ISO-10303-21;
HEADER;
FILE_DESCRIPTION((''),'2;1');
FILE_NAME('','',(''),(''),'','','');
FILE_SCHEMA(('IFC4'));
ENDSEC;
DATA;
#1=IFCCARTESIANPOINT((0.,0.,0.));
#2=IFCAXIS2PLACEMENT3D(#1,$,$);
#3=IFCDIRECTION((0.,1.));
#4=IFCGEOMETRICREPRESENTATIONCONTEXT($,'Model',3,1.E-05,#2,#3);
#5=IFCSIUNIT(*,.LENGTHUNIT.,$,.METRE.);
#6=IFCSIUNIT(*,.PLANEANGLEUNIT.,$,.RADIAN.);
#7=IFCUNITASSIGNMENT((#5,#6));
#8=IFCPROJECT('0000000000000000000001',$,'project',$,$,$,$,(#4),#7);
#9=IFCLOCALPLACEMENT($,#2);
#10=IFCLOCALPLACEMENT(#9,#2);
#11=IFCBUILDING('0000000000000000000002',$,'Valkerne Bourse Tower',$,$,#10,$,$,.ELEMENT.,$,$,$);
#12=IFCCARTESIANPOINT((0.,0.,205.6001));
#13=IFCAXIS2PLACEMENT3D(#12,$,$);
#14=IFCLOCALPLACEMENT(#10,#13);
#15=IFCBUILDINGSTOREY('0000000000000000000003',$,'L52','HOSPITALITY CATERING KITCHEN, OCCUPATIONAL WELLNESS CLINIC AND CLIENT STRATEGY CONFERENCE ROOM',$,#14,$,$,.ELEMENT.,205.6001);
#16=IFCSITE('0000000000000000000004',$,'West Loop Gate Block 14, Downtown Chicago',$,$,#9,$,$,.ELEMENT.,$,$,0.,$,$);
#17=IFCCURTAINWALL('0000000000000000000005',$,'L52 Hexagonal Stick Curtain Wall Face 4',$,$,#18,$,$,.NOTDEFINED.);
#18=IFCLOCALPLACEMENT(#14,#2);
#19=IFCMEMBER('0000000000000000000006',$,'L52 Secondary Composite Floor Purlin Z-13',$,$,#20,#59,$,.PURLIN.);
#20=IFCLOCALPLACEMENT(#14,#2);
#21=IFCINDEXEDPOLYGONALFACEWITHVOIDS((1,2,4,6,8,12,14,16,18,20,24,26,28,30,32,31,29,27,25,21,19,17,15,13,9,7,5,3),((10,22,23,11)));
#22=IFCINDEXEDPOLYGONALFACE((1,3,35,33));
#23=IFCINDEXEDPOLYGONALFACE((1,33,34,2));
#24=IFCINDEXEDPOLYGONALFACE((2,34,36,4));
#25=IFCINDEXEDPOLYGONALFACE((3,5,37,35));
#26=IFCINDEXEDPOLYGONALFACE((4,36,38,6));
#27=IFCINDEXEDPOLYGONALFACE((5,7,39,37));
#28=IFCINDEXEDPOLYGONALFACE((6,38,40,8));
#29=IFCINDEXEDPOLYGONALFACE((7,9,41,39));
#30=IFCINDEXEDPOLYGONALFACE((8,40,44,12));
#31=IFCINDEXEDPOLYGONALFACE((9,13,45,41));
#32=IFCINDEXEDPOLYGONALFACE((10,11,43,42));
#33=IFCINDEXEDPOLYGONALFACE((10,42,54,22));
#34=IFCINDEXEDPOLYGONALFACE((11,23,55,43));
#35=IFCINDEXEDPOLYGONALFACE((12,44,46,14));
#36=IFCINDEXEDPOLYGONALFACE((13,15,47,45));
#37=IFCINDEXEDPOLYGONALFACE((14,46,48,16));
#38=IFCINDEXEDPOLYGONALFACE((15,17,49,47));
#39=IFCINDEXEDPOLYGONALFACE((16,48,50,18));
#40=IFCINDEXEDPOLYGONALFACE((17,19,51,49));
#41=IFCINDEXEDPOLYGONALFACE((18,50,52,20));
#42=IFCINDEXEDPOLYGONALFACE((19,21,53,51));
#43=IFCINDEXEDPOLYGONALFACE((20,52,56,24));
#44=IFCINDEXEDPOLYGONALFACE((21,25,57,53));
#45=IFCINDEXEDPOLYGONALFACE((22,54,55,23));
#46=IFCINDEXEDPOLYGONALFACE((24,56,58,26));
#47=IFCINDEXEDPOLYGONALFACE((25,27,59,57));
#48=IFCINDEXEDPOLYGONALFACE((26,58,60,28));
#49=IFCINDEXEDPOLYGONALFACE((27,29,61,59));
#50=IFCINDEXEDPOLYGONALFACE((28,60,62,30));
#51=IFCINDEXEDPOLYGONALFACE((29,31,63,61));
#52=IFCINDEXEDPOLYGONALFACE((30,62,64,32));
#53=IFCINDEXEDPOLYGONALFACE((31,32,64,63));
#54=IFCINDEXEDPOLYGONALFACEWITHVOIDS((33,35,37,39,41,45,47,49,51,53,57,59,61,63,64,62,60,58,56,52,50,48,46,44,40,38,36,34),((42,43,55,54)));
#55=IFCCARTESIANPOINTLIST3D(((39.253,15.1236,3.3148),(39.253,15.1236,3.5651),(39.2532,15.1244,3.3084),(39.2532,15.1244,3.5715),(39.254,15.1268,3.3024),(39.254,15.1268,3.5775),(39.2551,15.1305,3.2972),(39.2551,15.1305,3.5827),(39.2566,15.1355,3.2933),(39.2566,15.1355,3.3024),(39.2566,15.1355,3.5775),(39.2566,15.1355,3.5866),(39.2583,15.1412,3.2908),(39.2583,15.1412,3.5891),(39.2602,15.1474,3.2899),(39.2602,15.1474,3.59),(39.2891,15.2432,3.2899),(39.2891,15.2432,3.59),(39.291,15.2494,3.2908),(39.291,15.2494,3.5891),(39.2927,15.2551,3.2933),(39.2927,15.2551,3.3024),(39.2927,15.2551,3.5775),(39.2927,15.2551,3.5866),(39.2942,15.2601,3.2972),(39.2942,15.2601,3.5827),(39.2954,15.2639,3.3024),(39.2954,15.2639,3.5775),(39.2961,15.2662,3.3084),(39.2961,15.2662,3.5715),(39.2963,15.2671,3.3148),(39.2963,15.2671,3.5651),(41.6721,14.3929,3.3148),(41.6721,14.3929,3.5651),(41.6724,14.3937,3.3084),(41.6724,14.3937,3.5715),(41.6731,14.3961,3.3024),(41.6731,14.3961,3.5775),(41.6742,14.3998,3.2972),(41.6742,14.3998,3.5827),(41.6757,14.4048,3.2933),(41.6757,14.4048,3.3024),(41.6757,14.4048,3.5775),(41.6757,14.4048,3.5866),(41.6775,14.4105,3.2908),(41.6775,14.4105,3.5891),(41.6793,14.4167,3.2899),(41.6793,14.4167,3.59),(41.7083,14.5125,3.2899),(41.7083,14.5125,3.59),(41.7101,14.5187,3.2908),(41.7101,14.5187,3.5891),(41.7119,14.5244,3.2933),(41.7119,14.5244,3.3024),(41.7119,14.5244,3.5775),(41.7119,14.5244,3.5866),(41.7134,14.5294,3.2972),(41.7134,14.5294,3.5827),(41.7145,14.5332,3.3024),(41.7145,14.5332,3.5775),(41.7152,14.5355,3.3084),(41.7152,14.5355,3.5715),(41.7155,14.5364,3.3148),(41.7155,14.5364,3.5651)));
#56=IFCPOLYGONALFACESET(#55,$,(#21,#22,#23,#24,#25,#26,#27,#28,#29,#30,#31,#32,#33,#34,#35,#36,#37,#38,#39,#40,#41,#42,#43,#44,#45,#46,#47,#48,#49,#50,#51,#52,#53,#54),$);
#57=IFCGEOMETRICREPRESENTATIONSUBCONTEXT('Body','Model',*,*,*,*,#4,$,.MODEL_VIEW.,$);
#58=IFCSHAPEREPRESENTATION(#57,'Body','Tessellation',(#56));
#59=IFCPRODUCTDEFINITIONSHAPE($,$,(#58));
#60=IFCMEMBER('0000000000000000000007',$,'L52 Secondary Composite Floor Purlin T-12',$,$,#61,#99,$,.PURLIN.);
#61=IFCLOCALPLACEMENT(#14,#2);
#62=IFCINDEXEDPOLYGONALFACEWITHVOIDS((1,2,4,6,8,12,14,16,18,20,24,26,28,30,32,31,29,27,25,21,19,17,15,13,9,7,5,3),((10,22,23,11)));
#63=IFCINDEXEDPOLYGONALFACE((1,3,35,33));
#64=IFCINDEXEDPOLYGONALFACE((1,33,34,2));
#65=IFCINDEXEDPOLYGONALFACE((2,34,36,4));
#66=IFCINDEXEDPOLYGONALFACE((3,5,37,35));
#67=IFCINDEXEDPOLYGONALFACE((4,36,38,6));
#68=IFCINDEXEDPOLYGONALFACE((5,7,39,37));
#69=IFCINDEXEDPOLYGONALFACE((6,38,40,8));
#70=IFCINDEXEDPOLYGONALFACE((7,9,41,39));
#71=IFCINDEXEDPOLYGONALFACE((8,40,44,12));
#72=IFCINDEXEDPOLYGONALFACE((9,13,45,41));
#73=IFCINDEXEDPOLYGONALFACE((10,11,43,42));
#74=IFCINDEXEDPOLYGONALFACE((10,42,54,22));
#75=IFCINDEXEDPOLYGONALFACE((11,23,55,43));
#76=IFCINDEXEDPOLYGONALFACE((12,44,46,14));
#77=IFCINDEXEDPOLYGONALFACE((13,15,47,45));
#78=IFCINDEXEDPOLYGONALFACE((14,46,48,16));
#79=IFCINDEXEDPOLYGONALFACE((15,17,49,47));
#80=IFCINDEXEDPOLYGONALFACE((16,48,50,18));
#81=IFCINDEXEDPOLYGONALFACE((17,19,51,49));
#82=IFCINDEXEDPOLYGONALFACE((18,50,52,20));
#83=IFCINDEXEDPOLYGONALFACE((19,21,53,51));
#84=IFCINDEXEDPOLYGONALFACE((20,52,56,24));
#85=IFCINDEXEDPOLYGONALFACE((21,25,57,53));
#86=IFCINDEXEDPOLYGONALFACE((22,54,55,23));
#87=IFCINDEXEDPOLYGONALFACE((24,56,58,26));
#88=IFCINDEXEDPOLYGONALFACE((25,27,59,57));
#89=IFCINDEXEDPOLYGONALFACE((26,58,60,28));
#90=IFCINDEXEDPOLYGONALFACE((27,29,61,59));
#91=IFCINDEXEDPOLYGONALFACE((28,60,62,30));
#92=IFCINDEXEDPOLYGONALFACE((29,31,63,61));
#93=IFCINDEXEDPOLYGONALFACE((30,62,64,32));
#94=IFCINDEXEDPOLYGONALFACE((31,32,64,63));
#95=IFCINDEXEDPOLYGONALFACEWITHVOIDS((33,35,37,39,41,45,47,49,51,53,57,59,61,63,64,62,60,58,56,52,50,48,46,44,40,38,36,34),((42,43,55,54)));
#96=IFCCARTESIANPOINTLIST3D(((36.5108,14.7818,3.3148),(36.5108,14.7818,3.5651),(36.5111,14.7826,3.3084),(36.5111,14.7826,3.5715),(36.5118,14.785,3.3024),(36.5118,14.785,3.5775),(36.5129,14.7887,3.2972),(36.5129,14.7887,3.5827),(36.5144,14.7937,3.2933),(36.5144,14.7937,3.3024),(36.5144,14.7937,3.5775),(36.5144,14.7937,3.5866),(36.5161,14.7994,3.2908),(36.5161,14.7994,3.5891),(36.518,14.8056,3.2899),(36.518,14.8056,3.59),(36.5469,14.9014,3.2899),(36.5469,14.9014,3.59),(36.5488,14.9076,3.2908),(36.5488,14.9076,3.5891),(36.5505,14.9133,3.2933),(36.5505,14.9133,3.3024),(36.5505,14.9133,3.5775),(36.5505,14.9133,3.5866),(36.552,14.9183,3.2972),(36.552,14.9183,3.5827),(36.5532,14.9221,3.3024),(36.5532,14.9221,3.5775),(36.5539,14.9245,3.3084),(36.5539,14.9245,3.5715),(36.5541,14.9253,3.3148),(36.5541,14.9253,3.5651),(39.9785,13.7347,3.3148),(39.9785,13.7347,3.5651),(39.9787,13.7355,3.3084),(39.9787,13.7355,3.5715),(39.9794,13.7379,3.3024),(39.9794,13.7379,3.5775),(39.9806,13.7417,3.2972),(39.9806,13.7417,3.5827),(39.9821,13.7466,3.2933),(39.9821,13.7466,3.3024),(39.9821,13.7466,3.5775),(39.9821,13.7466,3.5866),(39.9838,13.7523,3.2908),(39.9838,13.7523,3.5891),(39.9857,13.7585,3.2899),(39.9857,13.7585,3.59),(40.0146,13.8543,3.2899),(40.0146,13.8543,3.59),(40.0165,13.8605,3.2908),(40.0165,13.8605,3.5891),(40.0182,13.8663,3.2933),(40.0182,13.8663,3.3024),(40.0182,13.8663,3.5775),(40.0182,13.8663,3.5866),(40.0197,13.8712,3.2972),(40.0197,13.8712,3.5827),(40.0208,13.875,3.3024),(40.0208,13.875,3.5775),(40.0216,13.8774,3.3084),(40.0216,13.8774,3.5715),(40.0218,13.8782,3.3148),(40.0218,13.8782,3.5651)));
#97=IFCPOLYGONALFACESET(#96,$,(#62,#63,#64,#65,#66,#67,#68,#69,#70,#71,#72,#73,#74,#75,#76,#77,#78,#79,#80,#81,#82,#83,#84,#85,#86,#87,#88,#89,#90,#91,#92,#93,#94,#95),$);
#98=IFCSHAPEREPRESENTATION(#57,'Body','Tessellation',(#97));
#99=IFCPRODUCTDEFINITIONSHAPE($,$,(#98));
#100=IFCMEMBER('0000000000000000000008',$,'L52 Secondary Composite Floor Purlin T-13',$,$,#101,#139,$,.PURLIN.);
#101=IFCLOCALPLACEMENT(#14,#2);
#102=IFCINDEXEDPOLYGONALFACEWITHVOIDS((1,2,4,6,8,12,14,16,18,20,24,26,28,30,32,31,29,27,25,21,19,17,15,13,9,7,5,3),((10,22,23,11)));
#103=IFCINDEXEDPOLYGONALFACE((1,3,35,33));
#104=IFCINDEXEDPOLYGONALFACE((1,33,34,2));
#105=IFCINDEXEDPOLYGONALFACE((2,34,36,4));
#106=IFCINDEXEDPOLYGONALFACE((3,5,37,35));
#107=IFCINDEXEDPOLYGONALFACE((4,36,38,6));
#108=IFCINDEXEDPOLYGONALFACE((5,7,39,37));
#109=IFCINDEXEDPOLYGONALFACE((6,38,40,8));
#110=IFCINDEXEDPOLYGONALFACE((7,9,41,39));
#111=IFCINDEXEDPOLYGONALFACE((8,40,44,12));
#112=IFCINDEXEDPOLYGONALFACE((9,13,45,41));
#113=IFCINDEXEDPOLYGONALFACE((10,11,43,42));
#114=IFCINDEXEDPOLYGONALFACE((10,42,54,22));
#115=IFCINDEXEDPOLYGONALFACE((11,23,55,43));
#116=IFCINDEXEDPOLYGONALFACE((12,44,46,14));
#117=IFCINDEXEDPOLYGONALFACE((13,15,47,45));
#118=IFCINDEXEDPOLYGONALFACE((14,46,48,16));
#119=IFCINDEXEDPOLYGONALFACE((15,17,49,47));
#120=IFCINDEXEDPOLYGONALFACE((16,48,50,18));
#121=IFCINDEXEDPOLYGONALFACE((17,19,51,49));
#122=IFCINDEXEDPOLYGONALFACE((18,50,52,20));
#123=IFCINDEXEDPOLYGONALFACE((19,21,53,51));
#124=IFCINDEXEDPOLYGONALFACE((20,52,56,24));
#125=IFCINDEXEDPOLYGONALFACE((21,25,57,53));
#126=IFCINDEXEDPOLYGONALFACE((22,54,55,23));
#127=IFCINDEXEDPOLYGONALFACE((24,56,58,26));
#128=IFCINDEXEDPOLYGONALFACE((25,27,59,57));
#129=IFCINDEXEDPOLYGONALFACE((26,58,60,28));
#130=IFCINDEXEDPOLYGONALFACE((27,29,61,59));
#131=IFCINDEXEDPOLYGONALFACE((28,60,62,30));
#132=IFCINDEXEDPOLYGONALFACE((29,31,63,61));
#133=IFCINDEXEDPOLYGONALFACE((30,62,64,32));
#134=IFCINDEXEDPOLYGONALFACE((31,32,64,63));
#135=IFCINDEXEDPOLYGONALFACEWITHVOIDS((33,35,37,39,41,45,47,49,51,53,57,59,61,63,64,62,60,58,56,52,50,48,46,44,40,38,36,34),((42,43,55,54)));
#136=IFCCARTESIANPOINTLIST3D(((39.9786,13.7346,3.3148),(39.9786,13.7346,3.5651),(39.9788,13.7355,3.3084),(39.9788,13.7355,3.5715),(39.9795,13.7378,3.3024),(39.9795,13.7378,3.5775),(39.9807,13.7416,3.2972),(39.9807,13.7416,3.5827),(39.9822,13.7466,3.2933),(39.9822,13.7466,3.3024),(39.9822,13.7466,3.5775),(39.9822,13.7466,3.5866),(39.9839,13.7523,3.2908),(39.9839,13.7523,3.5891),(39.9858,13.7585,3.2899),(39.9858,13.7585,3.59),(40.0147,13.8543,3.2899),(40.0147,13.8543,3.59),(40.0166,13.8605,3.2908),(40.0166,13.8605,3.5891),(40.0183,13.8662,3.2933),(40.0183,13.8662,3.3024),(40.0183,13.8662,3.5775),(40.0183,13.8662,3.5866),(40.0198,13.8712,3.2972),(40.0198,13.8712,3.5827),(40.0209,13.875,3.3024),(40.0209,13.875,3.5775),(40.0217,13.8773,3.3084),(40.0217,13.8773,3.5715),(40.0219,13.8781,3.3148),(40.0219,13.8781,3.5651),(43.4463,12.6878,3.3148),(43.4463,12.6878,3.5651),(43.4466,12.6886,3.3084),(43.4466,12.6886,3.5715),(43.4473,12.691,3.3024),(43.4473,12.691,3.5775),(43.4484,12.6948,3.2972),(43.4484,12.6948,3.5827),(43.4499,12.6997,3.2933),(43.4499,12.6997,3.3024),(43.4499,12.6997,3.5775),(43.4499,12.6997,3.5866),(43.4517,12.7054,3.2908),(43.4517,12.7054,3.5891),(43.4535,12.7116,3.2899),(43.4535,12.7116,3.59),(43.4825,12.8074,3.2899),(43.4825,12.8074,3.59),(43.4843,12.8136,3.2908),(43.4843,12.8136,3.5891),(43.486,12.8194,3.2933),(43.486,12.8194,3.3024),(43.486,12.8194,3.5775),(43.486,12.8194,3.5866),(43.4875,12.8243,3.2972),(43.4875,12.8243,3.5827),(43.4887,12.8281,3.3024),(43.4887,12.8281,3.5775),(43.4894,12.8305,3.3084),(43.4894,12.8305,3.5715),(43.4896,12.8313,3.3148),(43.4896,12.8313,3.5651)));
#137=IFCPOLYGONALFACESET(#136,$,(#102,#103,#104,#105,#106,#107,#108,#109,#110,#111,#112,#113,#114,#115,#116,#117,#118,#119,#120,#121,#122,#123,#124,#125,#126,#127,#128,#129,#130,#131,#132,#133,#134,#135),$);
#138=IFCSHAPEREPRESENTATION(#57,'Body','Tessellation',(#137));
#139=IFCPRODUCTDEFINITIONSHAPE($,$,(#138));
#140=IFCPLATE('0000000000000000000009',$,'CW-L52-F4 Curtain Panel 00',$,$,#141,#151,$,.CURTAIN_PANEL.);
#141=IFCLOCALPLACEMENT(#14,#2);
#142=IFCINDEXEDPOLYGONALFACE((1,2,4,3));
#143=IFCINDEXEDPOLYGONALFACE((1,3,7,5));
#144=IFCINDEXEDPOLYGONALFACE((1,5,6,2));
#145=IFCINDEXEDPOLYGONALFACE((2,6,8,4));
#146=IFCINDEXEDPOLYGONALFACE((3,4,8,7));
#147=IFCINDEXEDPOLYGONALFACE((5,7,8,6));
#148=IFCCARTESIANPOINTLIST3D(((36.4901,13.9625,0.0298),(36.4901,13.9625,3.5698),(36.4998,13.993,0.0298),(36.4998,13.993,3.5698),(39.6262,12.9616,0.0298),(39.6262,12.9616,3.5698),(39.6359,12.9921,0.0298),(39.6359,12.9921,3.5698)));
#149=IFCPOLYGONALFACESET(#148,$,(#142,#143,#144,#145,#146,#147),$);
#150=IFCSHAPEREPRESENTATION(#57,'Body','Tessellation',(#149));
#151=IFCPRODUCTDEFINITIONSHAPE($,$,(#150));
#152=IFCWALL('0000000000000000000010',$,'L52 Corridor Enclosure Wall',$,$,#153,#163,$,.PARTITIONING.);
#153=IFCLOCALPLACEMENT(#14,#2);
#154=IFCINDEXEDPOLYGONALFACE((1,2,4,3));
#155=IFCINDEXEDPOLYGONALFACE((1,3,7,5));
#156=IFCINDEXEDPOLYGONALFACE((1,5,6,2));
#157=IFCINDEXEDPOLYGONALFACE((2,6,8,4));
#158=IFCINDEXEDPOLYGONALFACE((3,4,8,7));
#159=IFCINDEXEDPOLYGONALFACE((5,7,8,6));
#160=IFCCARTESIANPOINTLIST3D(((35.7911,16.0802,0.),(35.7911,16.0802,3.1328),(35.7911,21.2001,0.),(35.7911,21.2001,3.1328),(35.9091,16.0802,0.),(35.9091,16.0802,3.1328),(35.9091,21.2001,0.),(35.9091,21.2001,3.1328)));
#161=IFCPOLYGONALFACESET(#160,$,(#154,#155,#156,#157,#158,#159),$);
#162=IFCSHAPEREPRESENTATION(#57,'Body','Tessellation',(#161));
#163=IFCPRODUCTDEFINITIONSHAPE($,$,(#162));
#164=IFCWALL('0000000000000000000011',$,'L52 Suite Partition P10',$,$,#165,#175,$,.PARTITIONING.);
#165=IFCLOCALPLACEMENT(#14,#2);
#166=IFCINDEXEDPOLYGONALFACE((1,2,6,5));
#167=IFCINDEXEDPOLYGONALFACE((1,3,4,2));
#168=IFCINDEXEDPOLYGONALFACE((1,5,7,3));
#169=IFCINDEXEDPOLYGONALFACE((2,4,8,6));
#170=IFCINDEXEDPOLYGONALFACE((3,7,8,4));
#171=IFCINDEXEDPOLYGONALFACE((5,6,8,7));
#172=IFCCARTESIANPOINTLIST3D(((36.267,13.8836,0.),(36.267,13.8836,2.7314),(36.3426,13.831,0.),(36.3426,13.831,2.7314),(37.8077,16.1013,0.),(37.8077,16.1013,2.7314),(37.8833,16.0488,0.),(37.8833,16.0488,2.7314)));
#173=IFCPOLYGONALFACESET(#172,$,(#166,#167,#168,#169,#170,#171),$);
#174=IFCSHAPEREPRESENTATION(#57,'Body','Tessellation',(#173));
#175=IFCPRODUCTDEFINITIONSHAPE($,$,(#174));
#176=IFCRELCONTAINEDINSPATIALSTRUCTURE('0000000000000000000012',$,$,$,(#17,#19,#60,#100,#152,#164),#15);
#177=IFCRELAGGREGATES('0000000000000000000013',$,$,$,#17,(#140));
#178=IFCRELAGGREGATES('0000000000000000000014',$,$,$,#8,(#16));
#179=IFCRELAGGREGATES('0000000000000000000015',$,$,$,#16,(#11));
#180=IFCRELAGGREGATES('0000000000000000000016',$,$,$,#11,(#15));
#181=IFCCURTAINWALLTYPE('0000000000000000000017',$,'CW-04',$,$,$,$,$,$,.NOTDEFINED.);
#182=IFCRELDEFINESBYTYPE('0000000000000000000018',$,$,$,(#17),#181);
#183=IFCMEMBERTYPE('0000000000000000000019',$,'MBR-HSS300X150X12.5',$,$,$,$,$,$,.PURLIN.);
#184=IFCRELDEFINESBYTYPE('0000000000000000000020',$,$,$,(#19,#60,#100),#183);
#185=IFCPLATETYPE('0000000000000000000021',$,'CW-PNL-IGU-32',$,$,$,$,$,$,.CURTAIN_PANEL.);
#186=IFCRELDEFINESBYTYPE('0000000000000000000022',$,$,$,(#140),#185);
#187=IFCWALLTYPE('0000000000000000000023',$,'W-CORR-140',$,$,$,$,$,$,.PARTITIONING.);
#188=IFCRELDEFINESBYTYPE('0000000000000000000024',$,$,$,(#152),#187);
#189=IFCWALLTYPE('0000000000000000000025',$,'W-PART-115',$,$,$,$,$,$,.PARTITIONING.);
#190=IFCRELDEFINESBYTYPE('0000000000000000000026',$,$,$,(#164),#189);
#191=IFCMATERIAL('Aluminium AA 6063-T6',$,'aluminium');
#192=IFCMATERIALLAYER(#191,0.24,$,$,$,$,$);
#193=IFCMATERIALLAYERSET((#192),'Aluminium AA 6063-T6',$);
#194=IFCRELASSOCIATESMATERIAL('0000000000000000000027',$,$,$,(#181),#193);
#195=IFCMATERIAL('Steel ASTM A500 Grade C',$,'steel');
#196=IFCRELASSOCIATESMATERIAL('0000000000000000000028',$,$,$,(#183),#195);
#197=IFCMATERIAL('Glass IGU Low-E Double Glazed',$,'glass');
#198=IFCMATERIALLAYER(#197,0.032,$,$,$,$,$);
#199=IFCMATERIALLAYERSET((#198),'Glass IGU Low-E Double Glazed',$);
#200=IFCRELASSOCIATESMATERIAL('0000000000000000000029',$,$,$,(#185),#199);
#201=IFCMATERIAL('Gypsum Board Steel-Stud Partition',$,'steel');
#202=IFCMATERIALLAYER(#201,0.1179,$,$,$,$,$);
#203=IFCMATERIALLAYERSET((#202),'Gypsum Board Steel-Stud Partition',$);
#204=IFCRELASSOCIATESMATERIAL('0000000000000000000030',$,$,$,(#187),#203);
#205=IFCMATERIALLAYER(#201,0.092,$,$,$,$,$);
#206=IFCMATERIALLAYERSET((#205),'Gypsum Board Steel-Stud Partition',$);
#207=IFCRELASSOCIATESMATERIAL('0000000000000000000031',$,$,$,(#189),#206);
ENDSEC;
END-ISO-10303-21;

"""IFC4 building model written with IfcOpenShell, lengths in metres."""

from ifc_helpers import new_model, si_unit, direction, frame, frame_2d, origin, origin_2d, place, context, subcontext, project, spatial, rectangle, hollow_rectangle, extrude, material, layer, layer_set, material_profile, profile_set, type_object, element, aggregate, save


model = new_model("IFC4")

# Units and contexts
model_context = context("Model", 3, precision=1e-05, world=origin(), true_north=direction((0.0, 1.0)))
body_context = subcontext(model_context, "Body", "Model", "MODEL_VIEW")
ifc_project = project(units=[si_unit("LENGTHUNIT", "METRE"), si_unit("PLANEANGLEUNIT", "RADIAN")], contexts=[model_context])

# Site, building, storey
site_placement = place(None, origin())
site = spatial("IfcSite", under=ifc_project, at=site_placement, Name="West Loop Gate Block 14, Downtown Chicago", CompositionType="ELEMENT", RefElevation=0.0)
building_placement = place(site_placement, origin())
building = spatial("IfcBuilding", under=site, at=building_placement, Name="Valkerne Bourse Tower", CompositionType="ELEMENT")
storey_placement = place(building_placement, frame((0.0, 0.0, 205.6001)))
storey = spatial("IfcBuildingStorey", under=building, at=storey_placement, Name="L52", Description="HOSPITALITY CATERING KITCHEN, OCCUPATIONAL WELLNESS CLINIC AND CLIENT STRATEGY CONFERENCE ROOM", CompositionType="ELEMENT", Elevation=205.6001)

# Curtain wall
ifc_material_1 = material(Name="Aluminium AA 6063-T6", Category="aluminium")
ifc_layer_1 = layer(ifc_material_1, 0.24)
ifc_layer_set_1 = layer_set([ifc_layer_1], Name="Aluminium AA 6063-T6")
curtain_wall_type = type_object("IfcCurtainWallType", Name="CW-04", PredefinedType="NOTDEFINED", material=ifc_layer_set_1)
curtain_wall_placement = place(storey_placement, origin())
curtain_wall = element("IfcCurtainWall", 1, at=curtain_wall_placement, inside=storey, type_object=curtain_wall_type, Name="L52 Hexagonal Stick Curtain Wall Face 4", PredefinedType="NOTDEFINED")

# Members
ifc_material_2 = material(Name="Steel ASTM A500 Grade C", Category="steel")
ifc_material_profile_1 = material_profile(ifc_material_2, hollow_rectangle(XDim=0.1499, YDim=0.3, WallThickness=0.0125, OuterFilletRadius=0.0249, at=origin_2d()), Name="HSS300X150X12.5")
ifc_profile_set_1 = profile_set([ifc_material_profile_1], Name="Steel ASTM A500 Grade C")
member_type_1 = type_object("IfcMemberType", Name="MBR-HSS300X150X12.5", PredefinedType="PURLIN", material=ifc_profile_set_1)
member_1_placement = place(storey_placement, frame((39.2747, 15.1953, 3.4399), z_axis=(0.957285, -0.289147, 0.0), x_axis=(0.289147, 0.957285, 0.0)))
element("IfcMember", 2, at=member_1_placement, inside=storey, type_object=member_type_1, Name="L52 Secondary Composite Floor Purlin Z-13", PredefinedType="PURLIN", context=body_context, shape_type="SweptSolid", body=[
    extrude(hollow_rectangle(XDim=0.1499, YDim=0.3, WallThickness=0.0125, OuterFilletRadius=0.0249, at=origin_2d()), origin(), (0.0, 0.0, 1.0), 2.5271),
])
for number, where, z_axis, x_axis, name in (
    (3, (36.5325, 14.8535, 3.4399), (0.957309, -0.289066, 0.0), (0.289066, 0.957309, 0.0), "L52 Secondary Composite Floor Purlin T-12"),
    (4, (40.0002, 13.8064, 3.4399), (0.957328, -0.289005, 0.0), (0.289005, 0.957328, 0.0), "L52 Secondary Composite Floor Purlin T-13"),
):
    element("IfcMember", number, at=place(storey_placement, frame(where, z_axis=z_axis, x_axis=x_axis)), inside=storey, type_object=member_type_1, Name=name, PredefinedType="PURLIN", context=body_context, shape_type="SweptSolid", body=[
        extrude(hollow_rectangle(XDim=0.1499, YDim=0.3, WallThickness=0.0125, OuterFilletRadius=0.0249, at=origin_2d()), origin(), (0.0, 0.0, 1.0), 3.6223),
    ])

# Plate
ifc_material_3 = material(Name="Glass IGU Low-E Double Glazed", Category="glass")
ifc_layer_2 = layer(ifc_material_3, 0.032)
ifc_layer_set_2 = layer_set([ifc_layer_2], Name="Glass IGU Low-E Double Glazed")
plate_type = type_object("IfcPlateType", Name="CW-PNL-IGU-32", PredefinedType="CURTAIN_PANEL", material=ifc_layer_set_2)
plate_placement = place(storey_placement, frame((38.063, 13.4773, 0.0298), z_axis=(0.0, 0.0, 1.0), x_axis=(0.95266, -0.304037, 0.0)))
plate = element("IfcPlate", 5, at=plate_placement, type_object=plate_type, Name="CW-L52-F4 Curtain Panel 00", PredefinedType="CURTAIN_PANEL", context=body_context, shape_type="SweptSolid", body=[
    extrude(rectangle(XDim=3.292, YDim=0.032, at=origin_2d()), origin(), (0.0, 0.0, 1.0), 3.54),
])
aggregate(curtain_wall, [plate])

# Walls
ifc_material_4 = material(Name="Gypsum Board Steel-Stud Partition", Category="steel")
ifc_layer_3 = layer(ifc_material_4, 0.1179)
ifc_layer_set_3 = layer_set([ifc_layer_3], Name="Gypsum Board Steel-Stud Partition")
wall_type_1 = type_object("IfcWallType", Name="W-CORR-140", PredefinedType="PARTITIONING", material=ifc_layer_set_3)
wall_1_placement = place(storey_placement, frame((35.8501, 16.0801, 0.0), z_axis=(0.0, 0.0, 1.0), x_axis=(0.0, 1.0, 0.0)))
element("IfcWall", 6, at=wall_1_placement, inside=storey, type_object=wall_type_1, Name="L52 Corridor Enclosure Wall", PredefinedType="PARTITIONING", context=body_context, shape_type="SweptSolid", body=[
    extrude(rectangle(XDim=5.1199, YDim=0.1179, at=frame_2d((2.5601, 0.0))), origin(), (0.0, 0.0, 1.0), 3.1328),
])
ifc_layer_4 = layer(ifc_material_4, 0.092)
ifc_layer_set_4 = layer_set([ifc_layer_4], Name="Gypsum Board Steel-Stud Partition")
wall_type_2 = type_object("IfcWallType", Name="W-PART-115", PredefinedType="PARTITIONING", material=ifc_layer_set_4)
wall_2_placement = place(storey_placement, frame((37.8455, 16.075, 0.0), z_axis=(0.0, 0.0, 1.0), x_axis=(-0.570558, -0.821257, 0.0)))
element("IfcWall", 7, at=wall_2_placement, inside=storey, type_object=wall_type_2, Name="L52 Suite Partition P10", PredefinedType="PARTITIONING", context=body_context, shape_type="SweptSolid", body=[
    extrude(rectangle(XDim=2.7004, YDim=0.092, at=frame_2d((1.3501, 0.0))), origin(), (0.0, 0.0, 1.0), 2.7314),
])

save(model, "model.ifc")
